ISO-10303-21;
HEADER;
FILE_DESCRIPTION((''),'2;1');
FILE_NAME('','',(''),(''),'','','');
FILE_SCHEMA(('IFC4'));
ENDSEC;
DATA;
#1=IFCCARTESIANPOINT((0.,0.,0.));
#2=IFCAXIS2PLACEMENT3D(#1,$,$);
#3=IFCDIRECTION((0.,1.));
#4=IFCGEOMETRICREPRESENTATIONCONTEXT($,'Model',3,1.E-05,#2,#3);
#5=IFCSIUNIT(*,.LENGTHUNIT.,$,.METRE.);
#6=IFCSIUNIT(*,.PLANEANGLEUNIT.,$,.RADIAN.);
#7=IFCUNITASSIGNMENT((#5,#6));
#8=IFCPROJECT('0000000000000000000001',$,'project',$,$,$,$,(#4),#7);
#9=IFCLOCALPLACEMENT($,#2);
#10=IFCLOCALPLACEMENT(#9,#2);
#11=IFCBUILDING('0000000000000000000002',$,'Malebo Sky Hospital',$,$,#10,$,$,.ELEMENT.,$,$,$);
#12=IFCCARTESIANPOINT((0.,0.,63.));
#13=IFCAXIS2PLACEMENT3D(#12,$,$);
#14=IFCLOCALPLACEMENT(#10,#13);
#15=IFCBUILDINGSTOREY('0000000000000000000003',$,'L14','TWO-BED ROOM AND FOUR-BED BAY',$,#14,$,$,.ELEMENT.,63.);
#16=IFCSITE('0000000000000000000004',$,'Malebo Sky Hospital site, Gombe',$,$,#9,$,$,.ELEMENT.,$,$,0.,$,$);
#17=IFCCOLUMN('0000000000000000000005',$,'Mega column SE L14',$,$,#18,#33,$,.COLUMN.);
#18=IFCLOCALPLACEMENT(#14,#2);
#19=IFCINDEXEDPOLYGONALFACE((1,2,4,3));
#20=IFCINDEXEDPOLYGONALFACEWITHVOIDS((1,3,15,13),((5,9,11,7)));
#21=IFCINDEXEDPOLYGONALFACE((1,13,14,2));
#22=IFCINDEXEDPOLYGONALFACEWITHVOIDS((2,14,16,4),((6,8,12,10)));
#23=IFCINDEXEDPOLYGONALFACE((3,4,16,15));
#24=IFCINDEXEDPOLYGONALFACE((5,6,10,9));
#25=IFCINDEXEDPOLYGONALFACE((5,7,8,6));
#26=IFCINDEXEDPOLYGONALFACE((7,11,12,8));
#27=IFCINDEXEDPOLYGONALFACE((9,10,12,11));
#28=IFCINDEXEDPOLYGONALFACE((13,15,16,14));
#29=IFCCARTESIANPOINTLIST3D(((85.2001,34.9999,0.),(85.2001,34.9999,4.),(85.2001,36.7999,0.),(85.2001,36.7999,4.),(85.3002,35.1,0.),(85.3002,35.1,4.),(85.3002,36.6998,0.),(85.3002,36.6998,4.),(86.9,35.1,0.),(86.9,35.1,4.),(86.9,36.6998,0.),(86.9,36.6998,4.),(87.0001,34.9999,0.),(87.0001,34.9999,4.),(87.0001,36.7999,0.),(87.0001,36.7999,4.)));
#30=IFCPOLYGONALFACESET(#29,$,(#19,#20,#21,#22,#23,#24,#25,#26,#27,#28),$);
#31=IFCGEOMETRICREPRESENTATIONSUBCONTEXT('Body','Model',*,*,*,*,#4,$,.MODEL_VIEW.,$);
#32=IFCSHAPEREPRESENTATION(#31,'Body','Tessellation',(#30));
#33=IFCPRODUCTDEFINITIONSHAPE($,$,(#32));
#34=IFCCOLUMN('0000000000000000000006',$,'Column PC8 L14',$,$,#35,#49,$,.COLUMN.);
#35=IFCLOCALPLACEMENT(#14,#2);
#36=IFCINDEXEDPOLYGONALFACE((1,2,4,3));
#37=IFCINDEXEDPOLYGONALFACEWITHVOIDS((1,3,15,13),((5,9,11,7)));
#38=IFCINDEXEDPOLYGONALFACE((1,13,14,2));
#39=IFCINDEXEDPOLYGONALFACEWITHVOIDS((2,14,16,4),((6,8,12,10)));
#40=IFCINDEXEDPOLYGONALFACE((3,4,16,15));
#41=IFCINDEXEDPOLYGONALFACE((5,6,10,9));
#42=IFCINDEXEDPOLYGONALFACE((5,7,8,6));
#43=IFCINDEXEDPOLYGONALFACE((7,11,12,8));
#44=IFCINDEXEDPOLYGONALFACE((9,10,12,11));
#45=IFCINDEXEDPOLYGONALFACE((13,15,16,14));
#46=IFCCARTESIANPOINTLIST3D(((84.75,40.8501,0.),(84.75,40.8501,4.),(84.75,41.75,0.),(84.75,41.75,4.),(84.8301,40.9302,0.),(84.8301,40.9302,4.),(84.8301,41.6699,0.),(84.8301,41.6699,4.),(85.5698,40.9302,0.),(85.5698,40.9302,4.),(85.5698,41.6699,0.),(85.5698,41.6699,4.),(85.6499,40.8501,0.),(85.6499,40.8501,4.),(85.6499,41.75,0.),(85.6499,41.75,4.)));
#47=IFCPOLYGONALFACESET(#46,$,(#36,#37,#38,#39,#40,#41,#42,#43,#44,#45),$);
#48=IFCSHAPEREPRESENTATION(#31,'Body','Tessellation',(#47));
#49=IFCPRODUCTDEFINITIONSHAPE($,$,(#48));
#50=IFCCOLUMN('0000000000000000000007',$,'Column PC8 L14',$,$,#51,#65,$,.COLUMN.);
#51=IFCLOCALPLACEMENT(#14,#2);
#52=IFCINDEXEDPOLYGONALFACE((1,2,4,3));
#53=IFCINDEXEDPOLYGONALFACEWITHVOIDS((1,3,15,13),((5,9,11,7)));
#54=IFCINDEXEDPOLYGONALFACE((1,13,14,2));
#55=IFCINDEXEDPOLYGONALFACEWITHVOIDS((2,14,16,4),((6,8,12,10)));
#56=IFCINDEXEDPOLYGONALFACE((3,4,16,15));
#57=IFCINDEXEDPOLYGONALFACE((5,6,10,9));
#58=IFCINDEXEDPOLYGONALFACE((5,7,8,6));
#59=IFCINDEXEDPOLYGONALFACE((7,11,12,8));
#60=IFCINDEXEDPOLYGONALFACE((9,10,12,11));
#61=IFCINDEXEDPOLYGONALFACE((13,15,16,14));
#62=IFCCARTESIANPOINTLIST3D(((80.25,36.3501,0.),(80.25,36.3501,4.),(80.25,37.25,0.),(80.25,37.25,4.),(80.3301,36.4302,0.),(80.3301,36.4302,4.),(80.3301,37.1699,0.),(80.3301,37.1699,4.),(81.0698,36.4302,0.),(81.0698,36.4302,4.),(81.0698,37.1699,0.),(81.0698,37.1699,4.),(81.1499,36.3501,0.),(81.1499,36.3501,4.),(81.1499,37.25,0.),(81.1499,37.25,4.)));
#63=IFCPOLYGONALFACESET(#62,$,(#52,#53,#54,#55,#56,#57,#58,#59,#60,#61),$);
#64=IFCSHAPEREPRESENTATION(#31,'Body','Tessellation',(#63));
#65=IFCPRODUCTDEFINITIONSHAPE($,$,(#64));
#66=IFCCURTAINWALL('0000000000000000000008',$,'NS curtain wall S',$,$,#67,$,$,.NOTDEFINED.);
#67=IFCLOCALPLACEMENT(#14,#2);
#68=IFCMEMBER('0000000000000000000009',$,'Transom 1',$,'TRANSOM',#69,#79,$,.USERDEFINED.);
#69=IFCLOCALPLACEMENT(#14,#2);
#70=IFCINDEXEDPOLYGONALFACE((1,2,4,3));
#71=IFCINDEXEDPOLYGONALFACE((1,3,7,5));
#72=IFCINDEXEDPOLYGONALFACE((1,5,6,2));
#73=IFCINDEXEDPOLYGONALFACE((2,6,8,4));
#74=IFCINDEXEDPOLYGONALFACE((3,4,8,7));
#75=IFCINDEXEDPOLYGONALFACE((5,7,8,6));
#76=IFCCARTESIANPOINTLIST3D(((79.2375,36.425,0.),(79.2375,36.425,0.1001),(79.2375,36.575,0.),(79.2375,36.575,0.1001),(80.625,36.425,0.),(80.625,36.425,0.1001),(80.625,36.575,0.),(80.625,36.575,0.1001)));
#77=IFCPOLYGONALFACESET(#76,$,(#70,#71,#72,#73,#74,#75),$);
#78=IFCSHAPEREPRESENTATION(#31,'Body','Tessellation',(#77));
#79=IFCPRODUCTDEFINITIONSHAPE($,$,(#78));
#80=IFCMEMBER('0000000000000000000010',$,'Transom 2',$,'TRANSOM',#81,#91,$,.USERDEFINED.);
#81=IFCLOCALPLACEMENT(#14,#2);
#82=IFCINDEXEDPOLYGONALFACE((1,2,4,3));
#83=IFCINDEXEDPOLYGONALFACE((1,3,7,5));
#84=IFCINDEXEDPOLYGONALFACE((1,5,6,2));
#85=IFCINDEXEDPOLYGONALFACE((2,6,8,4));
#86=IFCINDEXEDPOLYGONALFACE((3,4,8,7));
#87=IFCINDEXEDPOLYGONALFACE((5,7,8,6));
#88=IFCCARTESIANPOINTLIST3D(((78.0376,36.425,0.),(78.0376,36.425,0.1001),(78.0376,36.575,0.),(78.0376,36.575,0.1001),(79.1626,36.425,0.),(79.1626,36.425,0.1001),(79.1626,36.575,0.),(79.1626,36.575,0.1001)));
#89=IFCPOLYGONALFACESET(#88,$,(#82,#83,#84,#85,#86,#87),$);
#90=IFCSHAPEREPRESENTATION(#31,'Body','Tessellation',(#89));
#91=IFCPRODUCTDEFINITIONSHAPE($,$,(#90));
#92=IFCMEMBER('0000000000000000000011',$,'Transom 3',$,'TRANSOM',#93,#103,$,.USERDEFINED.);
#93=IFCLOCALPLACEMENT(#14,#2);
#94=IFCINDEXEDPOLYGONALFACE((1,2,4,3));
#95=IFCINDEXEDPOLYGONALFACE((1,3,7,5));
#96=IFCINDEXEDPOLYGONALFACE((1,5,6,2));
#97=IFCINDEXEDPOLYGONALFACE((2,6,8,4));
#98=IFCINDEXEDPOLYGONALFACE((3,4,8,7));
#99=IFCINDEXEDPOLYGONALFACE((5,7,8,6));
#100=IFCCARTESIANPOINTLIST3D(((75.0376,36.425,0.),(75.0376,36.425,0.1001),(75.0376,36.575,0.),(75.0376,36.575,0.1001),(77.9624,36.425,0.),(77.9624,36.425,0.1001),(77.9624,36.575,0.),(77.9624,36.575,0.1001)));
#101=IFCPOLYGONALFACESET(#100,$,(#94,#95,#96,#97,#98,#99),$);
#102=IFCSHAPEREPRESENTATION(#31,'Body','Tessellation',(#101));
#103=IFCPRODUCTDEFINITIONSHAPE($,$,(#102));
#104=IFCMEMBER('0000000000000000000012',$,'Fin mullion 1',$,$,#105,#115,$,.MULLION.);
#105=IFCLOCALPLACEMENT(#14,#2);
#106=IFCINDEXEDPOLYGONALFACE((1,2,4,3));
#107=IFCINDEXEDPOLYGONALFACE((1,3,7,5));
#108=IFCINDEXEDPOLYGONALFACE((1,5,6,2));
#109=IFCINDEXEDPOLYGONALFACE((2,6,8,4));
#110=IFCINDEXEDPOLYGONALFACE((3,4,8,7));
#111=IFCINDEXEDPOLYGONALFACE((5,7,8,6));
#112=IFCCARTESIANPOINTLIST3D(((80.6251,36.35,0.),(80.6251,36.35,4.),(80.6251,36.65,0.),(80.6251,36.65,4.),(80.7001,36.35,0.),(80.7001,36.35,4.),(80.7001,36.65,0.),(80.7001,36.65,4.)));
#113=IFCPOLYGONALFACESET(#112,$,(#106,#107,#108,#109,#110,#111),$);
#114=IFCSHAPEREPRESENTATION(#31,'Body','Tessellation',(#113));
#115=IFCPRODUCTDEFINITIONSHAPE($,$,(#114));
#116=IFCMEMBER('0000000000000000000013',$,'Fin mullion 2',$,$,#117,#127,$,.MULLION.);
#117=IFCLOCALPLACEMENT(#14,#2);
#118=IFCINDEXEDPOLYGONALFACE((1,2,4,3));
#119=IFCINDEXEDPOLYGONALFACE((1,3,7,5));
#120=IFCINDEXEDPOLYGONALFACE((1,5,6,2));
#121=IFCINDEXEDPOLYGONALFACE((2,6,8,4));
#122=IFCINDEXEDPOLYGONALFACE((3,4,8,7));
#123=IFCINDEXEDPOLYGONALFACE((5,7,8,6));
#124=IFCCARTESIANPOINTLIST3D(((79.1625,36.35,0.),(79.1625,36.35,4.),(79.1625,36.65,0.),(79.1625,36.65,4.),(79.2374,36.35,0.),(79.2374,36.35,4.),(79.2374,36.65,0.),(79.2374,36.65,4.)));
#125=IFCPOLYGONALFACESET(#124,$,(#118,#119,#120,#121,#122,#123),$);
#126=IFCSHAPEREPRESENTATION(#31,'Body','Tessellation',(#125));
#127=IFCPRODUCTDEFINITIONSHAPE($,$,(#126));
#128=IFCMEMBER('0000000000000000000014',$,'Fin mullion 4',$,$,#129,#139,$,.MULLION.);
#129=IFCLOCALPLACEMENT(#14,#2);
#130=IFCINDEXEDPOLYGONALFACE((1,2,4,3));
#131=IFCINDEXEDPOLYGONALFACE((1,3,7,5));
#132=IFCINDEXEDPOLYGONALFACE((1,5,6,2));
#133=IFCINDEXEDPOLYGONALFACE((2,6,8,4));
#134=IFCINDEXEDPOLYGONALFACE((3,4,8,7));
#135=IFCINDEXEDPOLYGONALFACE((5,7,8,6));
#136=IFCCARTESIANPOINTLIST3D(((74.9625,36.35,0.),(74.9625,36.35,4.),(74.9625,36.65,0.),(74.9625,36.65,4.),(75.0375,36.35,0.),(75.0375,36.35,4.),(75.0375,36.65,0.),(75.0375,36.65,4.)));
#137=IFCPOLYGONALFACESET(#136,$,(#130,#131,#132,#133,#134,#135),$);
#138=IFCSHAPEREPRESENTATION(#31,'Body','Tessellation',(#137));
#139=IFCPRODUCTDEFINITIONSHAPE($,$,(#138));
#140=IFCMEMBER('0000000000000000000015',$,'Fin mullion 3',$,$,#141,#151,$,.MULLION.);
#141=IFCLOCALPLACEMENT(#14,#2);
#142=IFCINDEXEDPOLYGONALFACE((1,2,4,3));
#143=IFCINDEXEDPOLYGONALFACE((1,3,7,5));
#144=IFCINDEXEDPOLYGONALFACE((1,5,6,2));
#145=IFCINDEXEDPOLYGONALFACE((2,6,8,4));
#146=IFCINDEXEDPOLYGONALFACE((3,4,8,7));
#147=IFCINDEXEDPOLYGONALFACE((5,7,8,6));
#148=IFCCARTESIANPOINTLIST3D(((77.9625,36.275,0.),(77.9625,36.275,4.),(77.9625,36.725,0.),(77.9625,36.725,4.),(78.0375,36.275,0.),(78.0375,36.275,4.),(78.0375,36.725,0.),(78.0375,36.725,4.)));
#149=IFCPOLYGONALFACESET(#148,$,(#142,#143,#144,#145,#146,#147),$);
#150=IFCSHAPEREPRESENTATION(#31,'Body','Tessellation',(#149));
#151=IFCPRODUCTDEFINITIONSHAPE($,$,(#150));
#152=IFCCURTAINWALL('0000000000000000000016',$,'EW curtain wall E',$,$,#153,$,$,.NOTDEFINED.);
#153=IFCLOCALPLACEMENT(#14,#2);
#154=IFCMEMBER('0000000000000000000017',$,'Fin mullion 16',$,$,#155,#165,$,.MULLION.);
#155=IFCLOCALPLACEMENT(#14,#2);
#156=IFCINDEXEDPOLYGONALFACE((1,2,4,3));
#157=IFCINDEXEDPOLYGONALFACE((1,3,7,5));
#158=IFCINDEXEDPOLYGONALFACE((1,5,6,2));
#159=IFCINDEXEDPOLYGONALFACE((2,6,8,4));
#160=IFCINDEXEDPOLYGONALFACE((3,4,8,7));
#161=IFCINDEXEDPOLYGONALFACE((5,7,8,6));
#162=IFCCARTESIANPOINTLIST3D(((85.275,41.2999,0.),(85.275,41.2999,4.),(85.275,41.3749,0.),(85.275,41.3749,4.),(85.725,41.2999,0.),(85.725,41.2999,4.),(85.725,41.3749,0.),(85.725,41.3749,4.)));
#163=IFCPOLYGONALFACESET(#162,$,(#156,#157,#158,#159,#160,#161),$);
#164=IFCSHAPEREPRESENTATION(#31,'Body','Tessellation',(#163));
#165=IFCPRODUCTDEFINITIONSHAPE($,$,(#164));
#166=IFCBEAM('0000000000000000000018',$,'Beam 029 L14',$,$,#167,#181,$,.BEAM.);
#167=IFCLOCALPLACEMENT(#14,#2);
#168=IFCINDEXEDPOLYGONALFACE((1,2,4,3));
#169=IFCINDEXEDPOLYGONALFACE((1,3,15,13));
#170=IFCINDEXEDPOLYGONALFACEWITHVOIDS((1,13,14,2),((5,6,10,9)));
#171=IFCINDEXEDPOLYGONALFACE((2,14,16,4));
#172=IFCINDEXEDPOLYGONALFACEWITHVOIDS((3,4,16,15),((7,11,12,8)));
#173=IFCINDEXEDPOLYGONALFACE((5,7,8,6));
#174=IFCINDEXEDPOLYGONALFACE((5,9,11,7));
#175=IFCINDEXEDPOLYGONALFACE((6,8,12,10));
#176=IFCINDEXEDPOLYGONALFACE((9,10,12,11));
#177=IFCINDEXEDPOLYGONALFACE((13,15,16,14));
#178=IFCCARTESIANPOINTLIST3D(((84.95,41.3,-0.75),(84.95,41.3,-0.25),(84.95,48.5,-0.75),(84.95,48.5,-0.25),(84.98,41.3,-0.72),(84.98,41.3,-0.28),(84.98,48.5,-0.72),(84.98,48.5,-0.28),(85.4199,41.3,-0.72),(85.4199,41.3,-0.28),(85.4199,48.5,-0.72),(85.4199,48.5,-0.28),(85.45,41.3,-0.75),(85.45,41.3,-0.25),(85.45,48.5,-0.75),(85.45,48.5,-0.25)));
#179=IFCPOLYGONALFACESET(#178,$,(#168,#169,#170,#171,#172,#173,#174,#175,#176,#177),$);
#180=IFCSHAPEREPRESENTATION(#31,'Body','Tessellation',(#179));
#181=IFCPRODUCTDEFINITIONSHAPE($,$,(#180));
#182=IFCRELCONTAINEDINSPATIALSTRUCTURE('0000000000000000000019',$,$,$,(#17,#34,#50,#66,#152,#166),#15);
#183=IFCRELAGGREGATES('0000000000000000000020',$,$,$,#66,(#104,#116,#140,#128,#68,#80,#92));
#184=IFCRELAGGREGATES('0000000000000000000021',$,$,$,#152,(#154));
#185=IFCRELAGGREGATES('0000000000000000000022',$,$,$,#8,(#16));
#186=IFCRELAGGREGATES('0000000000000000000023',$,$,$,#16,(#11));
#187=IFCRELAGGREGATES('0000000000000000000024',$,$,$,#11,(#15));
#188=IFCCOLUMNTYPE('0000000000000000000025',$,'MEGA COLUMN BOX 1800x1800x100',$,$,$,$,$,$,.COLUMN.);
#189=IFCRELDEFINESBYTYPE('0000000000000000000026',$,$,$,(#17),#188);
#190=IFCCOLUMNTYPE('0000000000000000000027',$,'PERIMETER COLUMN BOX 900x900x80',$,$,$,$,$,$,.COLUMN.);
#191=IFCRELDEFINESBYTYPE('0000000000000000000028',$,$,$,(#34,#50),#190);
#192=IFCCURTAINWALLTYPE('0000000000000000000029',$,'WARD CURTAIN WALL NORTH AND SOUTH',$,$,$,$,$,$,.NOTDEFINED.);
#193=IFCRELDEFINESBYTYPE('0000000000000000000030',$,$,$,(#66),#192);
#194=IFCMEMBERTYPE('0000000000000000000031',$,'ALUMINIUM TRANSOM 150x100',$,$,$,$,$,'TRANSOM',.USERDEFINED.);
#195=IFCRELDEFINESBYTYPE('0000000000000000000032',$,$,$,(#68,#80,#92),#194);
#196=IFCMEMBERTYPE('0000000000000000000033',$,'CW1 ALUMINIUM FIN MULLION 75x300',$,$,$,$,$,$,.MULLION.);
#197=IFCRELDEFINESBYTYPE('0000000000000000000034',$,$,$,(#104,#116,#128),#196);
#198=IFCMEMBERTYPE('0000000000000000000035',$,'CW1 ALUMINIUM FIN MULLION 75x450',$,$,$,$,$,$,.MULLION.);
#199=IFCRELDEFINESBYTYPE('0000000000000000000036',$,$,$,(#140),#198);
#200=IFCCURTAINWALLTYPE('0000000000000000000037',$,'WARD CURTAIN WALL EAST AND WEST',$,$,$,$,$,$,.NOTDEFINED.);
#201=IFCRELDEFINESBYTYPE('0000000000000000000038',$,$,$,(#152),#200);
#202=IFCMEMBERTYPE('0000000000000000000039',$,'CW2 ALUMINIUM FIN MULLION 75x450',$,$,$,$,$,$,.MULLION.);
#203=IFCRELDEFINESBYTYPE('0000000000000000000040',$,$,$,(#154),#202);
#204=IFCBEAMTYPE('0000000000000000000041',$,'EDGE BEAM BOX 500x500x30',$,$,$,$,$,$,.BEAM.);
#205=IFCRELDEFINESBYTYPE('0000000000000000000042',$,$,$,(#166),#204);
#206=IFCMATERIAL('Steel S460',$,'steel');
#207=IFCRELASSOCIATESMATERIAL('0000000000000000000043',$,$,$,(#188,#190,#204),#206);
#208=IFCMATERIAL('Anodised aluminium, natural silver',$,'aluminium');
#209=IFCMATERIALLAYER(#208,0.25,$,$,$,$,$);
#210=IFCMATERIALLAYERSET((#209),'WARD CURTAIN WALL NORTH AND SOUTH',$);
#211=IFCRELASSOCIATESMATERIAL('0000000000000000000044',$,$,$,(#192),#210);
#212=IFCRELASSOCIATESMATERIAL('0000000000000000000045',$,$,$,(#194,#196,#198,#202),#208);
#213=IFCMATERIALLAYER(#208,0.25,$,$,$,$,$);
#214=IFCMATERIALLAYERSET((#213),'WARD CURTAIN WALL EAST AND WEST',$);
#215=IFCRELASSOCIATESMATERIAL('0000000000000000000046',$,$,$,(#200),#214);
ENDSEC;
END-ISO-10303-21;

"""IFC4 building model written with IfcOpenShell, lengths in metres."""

from ifc_helpers import new_model, si_unit, direction, frame, origin, origin_2d, place, context, subcontext, project, spatial, rectangle, hollow_rectangle, extrude, material, layer, layer_set, material_profile, profile_set, type_object, element, aggregate, save


model = new_model("IFC4")

# Units and contexts
model_context = context("Model", 3, precision=1e-05, world=origin(), true_north=direction((0.0, 1.0)))
body_context = subcontext(model_context, "Body", "Model", "MODEL_VIEW")
ifc_project = project(units=[si_unit("LENGTHUNIT", "METRE"), si_unit("PLANEANGLEUNIT", "RADIAN")], contexts=[model_context])

# Site, building, storey
site_placement = place(None, origin())
site = spatial("IfcSite", under=ifc_project, at=site_placement, Name="Malebo Sky Hospital site, Gombe", CompositionType="ELEMENT", RefElevation=0.0)
building_placement = place(site_placement, origin())
building = spatial("IfcBuilding", under=site, at=building_placement, Name="Malebo Sky Hospital", CompositionType="ELEMENT")
storey_placement = place(building_placement, frame((0.0, 0.0, 63.0)))
storey = spatial("IfcBuildingStorey", under=building, at=storey_placement, Name="L14", Description="TWO-BED ROOM AND FOUR-BED BAY", CompositionType="ELEMENT", Elevation=63.0)

# Columns
ifc_material_1 = material(Name="Steel S460", Category="steel")
ifc_material_profile_1 = material_profile(ifc_material_1, hollow_rectangle(XDim=1.8, YDim=1.8, WallThickness=0.1001, at=origin_2d()), Name="BOX 1800x1800x100")
ifc_profile_set_1 = profile_set([ifc_material_profile_1], Name="Steel S460")
column_type_1 = type_object("IfcColumnType", Name="MEGA COLUMN BOX 1800x1800x100", PredefinedType="COLUMN", material=ifc_profile_set_1)
column_placement = place(storey_placement, frame((86.1001, 35.8999, 0.0), z_axis=(0.0, 0.0, 1.0), x_axis=(1.0, 0.0, 0.0)))
element("IfcColumn", 1, at=column_placement, inside=storey, type_object=column_type_1, Name="Mega column SE L14", PredefinedType="COLUMN", context=body_context, shape_type="SweptSolid", body=[
    extrude(hollow_rectangle(XDim=1.8, YDim=1.8, WallThickness=0.1001, at=origin_2d()), origin(), (0.0, 0.0, 1.0), 4.0),
])
ifc_material_profile_2 = material_profile(ifc_material_1, hollow_rectangle(XDim=0.8999, YDim=0.8999, WallThickness=0.0801, at=origin_2d()), Name="BOX 900x900x80")
ifc_profile_set_2 = profile_set([ifc_material_profile_2], Name="Steel S460")
column_type_2 = type_object("IfcColumnType", Name="PERIMETER COLUMN BOX 900x900x80", PredefinedType="COLUMN", material=ifc_profile_set_2)
for number, where, z_axis, x_axis, name in (
    (2, (85.2, 41.3, 0.0), (0.0, 0.0, 1.0), (1.0, 0.0, 0.0), "Column PC8 L14"),
    (3, (80.7, 36.8, 0.0), (0.0, 0.0, 1.0), (1.0, 0.0, 0.0), "Column PC8 L14"),
):
    element("IfcColumn", number, at=place(storey_placement, frame(where, z_axis=z_axis, x_axis=x_axis)), inside=storey, type_object=column_type_2, Name=name, PredefinedType="COLUMN", context=body_context, shape_type="SweptSolid", body=[
        extrude(hollow_rectangle(XDim=0.8999, YDim=0.8999, WallThickness=0.0801, at=origin_2d()), origin(), (0.0, 0.0, 1.0), 4.0),
    ])

# Curtain wall, members
ifc_material_2 = material(Name="Anodised aluminium, natural silver", Category="aluminium")
ifc_layer_1 = layer(ifc_material_2, 0.25)
ifc_layer_set_1 = layer_set([ifc_layer_1], Name="WARD CURTAIN WALL NORTH AND SOUTH")
curtain_wall_type_1 = type_object("IfcCurtainWallType", Name="WARD CURTAIN WALL NORTH AND SOUTH", PredefinedType="NOTDEFINED", material=ifc_layer_set_1)
curtain_wall_1_placement = place(storey_placement, origin())
curtain_wall_1 = element("IfcCurtainWall", 4, at=curtain_wall_1_placement, inside=storey, type_object=curtain_wall_type_1, Name="NS curtain wall S", PredefinedType="NOTDEFINED")
ifc_material_profile_3 = material_profile(ifc_material_2, rectangle(XDim=0.1499, YDim=0.1001, at=origin_2d()), Name="ALUMINIUM TRANSOM 150x100")
ifc_profile_set_3 = profile_set([ifc_material_profile_3], Name="Anodised aluminium, natural silver")
member_type_1 = type_object("IfcMemberType", Name="ALUMINIUM TRANSOM 150x100", ElementType="TRANSOM", PredefinedType="USERDEFINED", material=ifc_profile_set_3)
member_1_placement = place(storey_placement, frame((80.625, 36.5, 0.05), z_axis=(-1.0, 0.0, 0.0), x_axis=(0.0, -1.0, 0.0)))
member_1 = element("IfcMember", 5, at=member_1_placement, type_object=member_type_1, Name="Transom 1", ObjectType="TRANSOM", PredefinedType="USERDEFINED", context=body_context, shape_type="SweptSolid", body=[
    extrude(rectangle(XDim=0.1499, YDim=0.1001, at=origin_2d()), origin(), (0.0, 0.0, 1.0), 1.3875),
])
member_2_placement = place(storey_placement, frame((79.1626, 36.5, 0.05), z_axis=(-1.0, 0.0, 0.0), x_axis=(0.0, -1.0, 0.0)))
member_2 = element("IfcMember", 6, at=member_2_placement, type_object=member_type_1, Name="Transom 2", ObjectType="TRANSOM", PredefinedType="USERDEFINED", context=body_context, shape_type="SweptSolid", body=[
    extrude(rectangle(XDim=0.1499, YDim=0.1001, at=origin_2d()), origin(), (0.0, 0.0, 1.0), 1.125),
])
member_3_placement = place(storey_placement, frame((77.9624, 36.5, 0.05), z_axis=(-1.0, 0.0, 0.0), x_axis=(0.0, -1.0, 0.0)))
member_3 = element("IfcMember", 7, at=member_3_placement, type_object=member_type_1, Name="Transom 3", ObjectType="TRANSOM", PredefinedType="USERDEFINED", context=body_context, shape_type="SweptSolid", body=[
    extrude(rectangle(XDim=0.1499, YDim=0.1001, at=origin_2d()), origin(), (0.0, 0.0, 1.0), 2.9248),
])
ifc_material_profile_4 = material_profile(ifc_material_2, rectangle(XDim=0.075, YDim=0.3, at=origin_2d()), Name="CW1 ALUMINIUM FIN MULLION 75x300")
ifc_profile_set_4 = profile_set([ifc_material_profile_4], Name="Anodised aluminium, natural silver")
member_type_2 = type_object("IfcMemberType", Name="CW1 ALUMINIUM FIN MULLION 75x300", PredefinedType="MULLION", material=ifc_profile_set_4)
member_4_placement = place(storey_placement, frame((80.6626, 36.5, 0.0), z_axis=(0.0, 0.0, 1.0), x_axis=(-1.0, 0.0, 0.0)))
member_4 = element("IfcMember", 8, at=member_4_placement, type_object=member_type_2, Name="Fin mullion 1", PredefinedType="MULLION", context=body_context, shape_type="SweptSolid", body=[
    extrude(rectangle(XDim=0.075, YDim=0.3, at=origin_2d()), origin(), (0.0, 0.0, 1.0), 4.0),
])
member_5_placement = place(storey_placement, frame((79.2, 36.5, 0.0), z_axis=(0.0, 0.0, 1.0), x_axis=(-1.0, 0.0, 0.0)))
member_5 = element("IfcMember", 9, at=member_5_placement, type_object=member_type_2, Name="Fin mullion 2", PredefinedType="MULLION", context=body_context, shape_type="SweptSolid", body=[
    extrude(rectangle(XDim=0.075, YDim=0.3, at=origin_2d()), origin(), (0.0, 0.0, 1.0), 4.0),
])
member_6_placement = place(storey_placement, frame((75.0, 36.5, 0.0), z_axis=(0.0, 0.0, 1.0), x_axis=(-1.0, 0.0, 0.0)))
member_6 = element("IfcMember", 10, at=member_6_placement, type_object=member_type_2, Name="Fin mullion 4", PredefinedType="MULLION", context=body_context, shape_type="SweptSolid", body=[
    extrude(rectangle(XDim=0.075, YDim=0.3, at=origin_2d()), origin(), (0.0, 0.0, 1.0), 4.0),
])
ifc_material_profile_5 = material_profile(ifc_material_2, rectangle(XDim=0.075, YDim=0.45, at=origin_2d()), Name="CW1 ALUMINIUM FIN MULLION 75x450")
ifc_profile_set_5 = profile_set([ifc_material_profile_5], Name="Anodised aluminium, natural silver")
member_type_3 = type_object("IfcMemberType", Name="CW1 ALUMINIUM FIN MULLION 75x450", PredefinedType="MULLION", material=ifc_profile_set_5)
member_7_placement = place(storey_placement, frame((78.0, 36.5, 0.0), z_axis=(0.0, 0.0, 1.0), x_axis=(-1.0, 0.0, 0.0)))
member_7 = element("IfcMember", 11, at=member_7_placement, type_object=member_type_3, Name="Fin mullion 3", PredefinedType="MULLION", context=body_context, shape_type="SweptSolid", body=[
    extrude(rectangle(XDim=0.075, YDim=0.45, at=origin_2d()), origin(), (0.0, 0.0, 1.0), 4.0),
])

# Curtain wall, member
ifc_layer_2 = layer(ifc_material_2, 0.25)
ifc_layer_set_2 = layer_set([ifc_layer_2], Name="WARD CURTAIN WALL EAST AND WEST")
curtain_wall_type_2 = type_object("IfcCurtainWallType", Name="WARD CURTAIN WALL EAST AND WEST", PredefinedType="NOTDEFINED", material=ifc_layer_set_2)
curtain_wall_2_placement = place(storey_placement, origin())
curtain_wall_2 = element("IfcCurtainWall", 12, at=curtain_wall_2_placement, inside=storey, type_object=curtain_wall_type_2, Name="EW curtain wall E", PredefinedType="NOTDEFINED")
ifc_material_profile_6 = material_profile(ifc_material_2, rectangle(XDim=0.075, YDim=0.45, at=origin_2d()), Name="CW2 ALUMINIUM FIN MULLION 75x450")
ifc_profile_set_6 = profile_set([ifc_material_profile_6], Name="Anodised aluminium, natural silver")
member_type_4 = type_object("IfcMemberType", Name="CW2 ALUMINIUM FIN MULLION 75x450", PredefinedType="MULLION", material=ifc_profile_set_6)
member_8_placement = place(storey_placement, frame((85.5, 41.3374, 0.0), z_axis=(0.0, 0.0, 1.0), x_axis=(0.0, -1.0, 0.0)))
member_8 = element("IfcMember", 13, at=member_8_placement, type_object=member_type_4, Name="Fin mullion 16", PredefinedType="MULLION", context=body_context, shape_type="SweptSolid", body=[
    extrude(rectangle(XDim=0.075, YDim=0.45, at=origin_2d()), origin(), (0.0, 0.0, 1.0), 4.0),
])

# Beam
ifc_material_profile_7 = material_profile(ifc_material_1, hollow_rectangle(XDim=0.5, YDim=0.5, WallThickness=0.03, at=origin_2d()), Name="BOX 500x500x30")
ifc_profile_set_7 = profile_set([ifc_material_profile_7], Name="Steel S460")
beam_type_1 = type_object("IfcBeamType", Name="EDGE BEAM BOX 500x500x30", PredefinedType="BEAM", material=ifc_profile_set_7)
beam_1_placement = place(storey_placement, frame((85.2, 41.3, -0.5), z_axis=(0.0, 1.0, 0.0), x_axis=(-1.0, 0.0, 0.0)))
element("IfcBeam", 14, at=beam_1_placement, inside=storey, type_object=beam_type_1, Name="Beam 029 L14", PredefinedType="BEAM", context=body_context, shape_type="SweptSolid", body=[
    extrude(hollow_rectangle(XDim=0.5, YDim=0.5, WallThickness=0.03, at=origin_2d()), origin(), (0.0, 0.0, 1.0), 7.2),
])

aggregate(curtain_wall_1, [member_4, member_5, member_7, member_6, member_1, member_2, member_3])
aggregate(curtain_wall_2, [member_8])

save(model, "model.ifc")
